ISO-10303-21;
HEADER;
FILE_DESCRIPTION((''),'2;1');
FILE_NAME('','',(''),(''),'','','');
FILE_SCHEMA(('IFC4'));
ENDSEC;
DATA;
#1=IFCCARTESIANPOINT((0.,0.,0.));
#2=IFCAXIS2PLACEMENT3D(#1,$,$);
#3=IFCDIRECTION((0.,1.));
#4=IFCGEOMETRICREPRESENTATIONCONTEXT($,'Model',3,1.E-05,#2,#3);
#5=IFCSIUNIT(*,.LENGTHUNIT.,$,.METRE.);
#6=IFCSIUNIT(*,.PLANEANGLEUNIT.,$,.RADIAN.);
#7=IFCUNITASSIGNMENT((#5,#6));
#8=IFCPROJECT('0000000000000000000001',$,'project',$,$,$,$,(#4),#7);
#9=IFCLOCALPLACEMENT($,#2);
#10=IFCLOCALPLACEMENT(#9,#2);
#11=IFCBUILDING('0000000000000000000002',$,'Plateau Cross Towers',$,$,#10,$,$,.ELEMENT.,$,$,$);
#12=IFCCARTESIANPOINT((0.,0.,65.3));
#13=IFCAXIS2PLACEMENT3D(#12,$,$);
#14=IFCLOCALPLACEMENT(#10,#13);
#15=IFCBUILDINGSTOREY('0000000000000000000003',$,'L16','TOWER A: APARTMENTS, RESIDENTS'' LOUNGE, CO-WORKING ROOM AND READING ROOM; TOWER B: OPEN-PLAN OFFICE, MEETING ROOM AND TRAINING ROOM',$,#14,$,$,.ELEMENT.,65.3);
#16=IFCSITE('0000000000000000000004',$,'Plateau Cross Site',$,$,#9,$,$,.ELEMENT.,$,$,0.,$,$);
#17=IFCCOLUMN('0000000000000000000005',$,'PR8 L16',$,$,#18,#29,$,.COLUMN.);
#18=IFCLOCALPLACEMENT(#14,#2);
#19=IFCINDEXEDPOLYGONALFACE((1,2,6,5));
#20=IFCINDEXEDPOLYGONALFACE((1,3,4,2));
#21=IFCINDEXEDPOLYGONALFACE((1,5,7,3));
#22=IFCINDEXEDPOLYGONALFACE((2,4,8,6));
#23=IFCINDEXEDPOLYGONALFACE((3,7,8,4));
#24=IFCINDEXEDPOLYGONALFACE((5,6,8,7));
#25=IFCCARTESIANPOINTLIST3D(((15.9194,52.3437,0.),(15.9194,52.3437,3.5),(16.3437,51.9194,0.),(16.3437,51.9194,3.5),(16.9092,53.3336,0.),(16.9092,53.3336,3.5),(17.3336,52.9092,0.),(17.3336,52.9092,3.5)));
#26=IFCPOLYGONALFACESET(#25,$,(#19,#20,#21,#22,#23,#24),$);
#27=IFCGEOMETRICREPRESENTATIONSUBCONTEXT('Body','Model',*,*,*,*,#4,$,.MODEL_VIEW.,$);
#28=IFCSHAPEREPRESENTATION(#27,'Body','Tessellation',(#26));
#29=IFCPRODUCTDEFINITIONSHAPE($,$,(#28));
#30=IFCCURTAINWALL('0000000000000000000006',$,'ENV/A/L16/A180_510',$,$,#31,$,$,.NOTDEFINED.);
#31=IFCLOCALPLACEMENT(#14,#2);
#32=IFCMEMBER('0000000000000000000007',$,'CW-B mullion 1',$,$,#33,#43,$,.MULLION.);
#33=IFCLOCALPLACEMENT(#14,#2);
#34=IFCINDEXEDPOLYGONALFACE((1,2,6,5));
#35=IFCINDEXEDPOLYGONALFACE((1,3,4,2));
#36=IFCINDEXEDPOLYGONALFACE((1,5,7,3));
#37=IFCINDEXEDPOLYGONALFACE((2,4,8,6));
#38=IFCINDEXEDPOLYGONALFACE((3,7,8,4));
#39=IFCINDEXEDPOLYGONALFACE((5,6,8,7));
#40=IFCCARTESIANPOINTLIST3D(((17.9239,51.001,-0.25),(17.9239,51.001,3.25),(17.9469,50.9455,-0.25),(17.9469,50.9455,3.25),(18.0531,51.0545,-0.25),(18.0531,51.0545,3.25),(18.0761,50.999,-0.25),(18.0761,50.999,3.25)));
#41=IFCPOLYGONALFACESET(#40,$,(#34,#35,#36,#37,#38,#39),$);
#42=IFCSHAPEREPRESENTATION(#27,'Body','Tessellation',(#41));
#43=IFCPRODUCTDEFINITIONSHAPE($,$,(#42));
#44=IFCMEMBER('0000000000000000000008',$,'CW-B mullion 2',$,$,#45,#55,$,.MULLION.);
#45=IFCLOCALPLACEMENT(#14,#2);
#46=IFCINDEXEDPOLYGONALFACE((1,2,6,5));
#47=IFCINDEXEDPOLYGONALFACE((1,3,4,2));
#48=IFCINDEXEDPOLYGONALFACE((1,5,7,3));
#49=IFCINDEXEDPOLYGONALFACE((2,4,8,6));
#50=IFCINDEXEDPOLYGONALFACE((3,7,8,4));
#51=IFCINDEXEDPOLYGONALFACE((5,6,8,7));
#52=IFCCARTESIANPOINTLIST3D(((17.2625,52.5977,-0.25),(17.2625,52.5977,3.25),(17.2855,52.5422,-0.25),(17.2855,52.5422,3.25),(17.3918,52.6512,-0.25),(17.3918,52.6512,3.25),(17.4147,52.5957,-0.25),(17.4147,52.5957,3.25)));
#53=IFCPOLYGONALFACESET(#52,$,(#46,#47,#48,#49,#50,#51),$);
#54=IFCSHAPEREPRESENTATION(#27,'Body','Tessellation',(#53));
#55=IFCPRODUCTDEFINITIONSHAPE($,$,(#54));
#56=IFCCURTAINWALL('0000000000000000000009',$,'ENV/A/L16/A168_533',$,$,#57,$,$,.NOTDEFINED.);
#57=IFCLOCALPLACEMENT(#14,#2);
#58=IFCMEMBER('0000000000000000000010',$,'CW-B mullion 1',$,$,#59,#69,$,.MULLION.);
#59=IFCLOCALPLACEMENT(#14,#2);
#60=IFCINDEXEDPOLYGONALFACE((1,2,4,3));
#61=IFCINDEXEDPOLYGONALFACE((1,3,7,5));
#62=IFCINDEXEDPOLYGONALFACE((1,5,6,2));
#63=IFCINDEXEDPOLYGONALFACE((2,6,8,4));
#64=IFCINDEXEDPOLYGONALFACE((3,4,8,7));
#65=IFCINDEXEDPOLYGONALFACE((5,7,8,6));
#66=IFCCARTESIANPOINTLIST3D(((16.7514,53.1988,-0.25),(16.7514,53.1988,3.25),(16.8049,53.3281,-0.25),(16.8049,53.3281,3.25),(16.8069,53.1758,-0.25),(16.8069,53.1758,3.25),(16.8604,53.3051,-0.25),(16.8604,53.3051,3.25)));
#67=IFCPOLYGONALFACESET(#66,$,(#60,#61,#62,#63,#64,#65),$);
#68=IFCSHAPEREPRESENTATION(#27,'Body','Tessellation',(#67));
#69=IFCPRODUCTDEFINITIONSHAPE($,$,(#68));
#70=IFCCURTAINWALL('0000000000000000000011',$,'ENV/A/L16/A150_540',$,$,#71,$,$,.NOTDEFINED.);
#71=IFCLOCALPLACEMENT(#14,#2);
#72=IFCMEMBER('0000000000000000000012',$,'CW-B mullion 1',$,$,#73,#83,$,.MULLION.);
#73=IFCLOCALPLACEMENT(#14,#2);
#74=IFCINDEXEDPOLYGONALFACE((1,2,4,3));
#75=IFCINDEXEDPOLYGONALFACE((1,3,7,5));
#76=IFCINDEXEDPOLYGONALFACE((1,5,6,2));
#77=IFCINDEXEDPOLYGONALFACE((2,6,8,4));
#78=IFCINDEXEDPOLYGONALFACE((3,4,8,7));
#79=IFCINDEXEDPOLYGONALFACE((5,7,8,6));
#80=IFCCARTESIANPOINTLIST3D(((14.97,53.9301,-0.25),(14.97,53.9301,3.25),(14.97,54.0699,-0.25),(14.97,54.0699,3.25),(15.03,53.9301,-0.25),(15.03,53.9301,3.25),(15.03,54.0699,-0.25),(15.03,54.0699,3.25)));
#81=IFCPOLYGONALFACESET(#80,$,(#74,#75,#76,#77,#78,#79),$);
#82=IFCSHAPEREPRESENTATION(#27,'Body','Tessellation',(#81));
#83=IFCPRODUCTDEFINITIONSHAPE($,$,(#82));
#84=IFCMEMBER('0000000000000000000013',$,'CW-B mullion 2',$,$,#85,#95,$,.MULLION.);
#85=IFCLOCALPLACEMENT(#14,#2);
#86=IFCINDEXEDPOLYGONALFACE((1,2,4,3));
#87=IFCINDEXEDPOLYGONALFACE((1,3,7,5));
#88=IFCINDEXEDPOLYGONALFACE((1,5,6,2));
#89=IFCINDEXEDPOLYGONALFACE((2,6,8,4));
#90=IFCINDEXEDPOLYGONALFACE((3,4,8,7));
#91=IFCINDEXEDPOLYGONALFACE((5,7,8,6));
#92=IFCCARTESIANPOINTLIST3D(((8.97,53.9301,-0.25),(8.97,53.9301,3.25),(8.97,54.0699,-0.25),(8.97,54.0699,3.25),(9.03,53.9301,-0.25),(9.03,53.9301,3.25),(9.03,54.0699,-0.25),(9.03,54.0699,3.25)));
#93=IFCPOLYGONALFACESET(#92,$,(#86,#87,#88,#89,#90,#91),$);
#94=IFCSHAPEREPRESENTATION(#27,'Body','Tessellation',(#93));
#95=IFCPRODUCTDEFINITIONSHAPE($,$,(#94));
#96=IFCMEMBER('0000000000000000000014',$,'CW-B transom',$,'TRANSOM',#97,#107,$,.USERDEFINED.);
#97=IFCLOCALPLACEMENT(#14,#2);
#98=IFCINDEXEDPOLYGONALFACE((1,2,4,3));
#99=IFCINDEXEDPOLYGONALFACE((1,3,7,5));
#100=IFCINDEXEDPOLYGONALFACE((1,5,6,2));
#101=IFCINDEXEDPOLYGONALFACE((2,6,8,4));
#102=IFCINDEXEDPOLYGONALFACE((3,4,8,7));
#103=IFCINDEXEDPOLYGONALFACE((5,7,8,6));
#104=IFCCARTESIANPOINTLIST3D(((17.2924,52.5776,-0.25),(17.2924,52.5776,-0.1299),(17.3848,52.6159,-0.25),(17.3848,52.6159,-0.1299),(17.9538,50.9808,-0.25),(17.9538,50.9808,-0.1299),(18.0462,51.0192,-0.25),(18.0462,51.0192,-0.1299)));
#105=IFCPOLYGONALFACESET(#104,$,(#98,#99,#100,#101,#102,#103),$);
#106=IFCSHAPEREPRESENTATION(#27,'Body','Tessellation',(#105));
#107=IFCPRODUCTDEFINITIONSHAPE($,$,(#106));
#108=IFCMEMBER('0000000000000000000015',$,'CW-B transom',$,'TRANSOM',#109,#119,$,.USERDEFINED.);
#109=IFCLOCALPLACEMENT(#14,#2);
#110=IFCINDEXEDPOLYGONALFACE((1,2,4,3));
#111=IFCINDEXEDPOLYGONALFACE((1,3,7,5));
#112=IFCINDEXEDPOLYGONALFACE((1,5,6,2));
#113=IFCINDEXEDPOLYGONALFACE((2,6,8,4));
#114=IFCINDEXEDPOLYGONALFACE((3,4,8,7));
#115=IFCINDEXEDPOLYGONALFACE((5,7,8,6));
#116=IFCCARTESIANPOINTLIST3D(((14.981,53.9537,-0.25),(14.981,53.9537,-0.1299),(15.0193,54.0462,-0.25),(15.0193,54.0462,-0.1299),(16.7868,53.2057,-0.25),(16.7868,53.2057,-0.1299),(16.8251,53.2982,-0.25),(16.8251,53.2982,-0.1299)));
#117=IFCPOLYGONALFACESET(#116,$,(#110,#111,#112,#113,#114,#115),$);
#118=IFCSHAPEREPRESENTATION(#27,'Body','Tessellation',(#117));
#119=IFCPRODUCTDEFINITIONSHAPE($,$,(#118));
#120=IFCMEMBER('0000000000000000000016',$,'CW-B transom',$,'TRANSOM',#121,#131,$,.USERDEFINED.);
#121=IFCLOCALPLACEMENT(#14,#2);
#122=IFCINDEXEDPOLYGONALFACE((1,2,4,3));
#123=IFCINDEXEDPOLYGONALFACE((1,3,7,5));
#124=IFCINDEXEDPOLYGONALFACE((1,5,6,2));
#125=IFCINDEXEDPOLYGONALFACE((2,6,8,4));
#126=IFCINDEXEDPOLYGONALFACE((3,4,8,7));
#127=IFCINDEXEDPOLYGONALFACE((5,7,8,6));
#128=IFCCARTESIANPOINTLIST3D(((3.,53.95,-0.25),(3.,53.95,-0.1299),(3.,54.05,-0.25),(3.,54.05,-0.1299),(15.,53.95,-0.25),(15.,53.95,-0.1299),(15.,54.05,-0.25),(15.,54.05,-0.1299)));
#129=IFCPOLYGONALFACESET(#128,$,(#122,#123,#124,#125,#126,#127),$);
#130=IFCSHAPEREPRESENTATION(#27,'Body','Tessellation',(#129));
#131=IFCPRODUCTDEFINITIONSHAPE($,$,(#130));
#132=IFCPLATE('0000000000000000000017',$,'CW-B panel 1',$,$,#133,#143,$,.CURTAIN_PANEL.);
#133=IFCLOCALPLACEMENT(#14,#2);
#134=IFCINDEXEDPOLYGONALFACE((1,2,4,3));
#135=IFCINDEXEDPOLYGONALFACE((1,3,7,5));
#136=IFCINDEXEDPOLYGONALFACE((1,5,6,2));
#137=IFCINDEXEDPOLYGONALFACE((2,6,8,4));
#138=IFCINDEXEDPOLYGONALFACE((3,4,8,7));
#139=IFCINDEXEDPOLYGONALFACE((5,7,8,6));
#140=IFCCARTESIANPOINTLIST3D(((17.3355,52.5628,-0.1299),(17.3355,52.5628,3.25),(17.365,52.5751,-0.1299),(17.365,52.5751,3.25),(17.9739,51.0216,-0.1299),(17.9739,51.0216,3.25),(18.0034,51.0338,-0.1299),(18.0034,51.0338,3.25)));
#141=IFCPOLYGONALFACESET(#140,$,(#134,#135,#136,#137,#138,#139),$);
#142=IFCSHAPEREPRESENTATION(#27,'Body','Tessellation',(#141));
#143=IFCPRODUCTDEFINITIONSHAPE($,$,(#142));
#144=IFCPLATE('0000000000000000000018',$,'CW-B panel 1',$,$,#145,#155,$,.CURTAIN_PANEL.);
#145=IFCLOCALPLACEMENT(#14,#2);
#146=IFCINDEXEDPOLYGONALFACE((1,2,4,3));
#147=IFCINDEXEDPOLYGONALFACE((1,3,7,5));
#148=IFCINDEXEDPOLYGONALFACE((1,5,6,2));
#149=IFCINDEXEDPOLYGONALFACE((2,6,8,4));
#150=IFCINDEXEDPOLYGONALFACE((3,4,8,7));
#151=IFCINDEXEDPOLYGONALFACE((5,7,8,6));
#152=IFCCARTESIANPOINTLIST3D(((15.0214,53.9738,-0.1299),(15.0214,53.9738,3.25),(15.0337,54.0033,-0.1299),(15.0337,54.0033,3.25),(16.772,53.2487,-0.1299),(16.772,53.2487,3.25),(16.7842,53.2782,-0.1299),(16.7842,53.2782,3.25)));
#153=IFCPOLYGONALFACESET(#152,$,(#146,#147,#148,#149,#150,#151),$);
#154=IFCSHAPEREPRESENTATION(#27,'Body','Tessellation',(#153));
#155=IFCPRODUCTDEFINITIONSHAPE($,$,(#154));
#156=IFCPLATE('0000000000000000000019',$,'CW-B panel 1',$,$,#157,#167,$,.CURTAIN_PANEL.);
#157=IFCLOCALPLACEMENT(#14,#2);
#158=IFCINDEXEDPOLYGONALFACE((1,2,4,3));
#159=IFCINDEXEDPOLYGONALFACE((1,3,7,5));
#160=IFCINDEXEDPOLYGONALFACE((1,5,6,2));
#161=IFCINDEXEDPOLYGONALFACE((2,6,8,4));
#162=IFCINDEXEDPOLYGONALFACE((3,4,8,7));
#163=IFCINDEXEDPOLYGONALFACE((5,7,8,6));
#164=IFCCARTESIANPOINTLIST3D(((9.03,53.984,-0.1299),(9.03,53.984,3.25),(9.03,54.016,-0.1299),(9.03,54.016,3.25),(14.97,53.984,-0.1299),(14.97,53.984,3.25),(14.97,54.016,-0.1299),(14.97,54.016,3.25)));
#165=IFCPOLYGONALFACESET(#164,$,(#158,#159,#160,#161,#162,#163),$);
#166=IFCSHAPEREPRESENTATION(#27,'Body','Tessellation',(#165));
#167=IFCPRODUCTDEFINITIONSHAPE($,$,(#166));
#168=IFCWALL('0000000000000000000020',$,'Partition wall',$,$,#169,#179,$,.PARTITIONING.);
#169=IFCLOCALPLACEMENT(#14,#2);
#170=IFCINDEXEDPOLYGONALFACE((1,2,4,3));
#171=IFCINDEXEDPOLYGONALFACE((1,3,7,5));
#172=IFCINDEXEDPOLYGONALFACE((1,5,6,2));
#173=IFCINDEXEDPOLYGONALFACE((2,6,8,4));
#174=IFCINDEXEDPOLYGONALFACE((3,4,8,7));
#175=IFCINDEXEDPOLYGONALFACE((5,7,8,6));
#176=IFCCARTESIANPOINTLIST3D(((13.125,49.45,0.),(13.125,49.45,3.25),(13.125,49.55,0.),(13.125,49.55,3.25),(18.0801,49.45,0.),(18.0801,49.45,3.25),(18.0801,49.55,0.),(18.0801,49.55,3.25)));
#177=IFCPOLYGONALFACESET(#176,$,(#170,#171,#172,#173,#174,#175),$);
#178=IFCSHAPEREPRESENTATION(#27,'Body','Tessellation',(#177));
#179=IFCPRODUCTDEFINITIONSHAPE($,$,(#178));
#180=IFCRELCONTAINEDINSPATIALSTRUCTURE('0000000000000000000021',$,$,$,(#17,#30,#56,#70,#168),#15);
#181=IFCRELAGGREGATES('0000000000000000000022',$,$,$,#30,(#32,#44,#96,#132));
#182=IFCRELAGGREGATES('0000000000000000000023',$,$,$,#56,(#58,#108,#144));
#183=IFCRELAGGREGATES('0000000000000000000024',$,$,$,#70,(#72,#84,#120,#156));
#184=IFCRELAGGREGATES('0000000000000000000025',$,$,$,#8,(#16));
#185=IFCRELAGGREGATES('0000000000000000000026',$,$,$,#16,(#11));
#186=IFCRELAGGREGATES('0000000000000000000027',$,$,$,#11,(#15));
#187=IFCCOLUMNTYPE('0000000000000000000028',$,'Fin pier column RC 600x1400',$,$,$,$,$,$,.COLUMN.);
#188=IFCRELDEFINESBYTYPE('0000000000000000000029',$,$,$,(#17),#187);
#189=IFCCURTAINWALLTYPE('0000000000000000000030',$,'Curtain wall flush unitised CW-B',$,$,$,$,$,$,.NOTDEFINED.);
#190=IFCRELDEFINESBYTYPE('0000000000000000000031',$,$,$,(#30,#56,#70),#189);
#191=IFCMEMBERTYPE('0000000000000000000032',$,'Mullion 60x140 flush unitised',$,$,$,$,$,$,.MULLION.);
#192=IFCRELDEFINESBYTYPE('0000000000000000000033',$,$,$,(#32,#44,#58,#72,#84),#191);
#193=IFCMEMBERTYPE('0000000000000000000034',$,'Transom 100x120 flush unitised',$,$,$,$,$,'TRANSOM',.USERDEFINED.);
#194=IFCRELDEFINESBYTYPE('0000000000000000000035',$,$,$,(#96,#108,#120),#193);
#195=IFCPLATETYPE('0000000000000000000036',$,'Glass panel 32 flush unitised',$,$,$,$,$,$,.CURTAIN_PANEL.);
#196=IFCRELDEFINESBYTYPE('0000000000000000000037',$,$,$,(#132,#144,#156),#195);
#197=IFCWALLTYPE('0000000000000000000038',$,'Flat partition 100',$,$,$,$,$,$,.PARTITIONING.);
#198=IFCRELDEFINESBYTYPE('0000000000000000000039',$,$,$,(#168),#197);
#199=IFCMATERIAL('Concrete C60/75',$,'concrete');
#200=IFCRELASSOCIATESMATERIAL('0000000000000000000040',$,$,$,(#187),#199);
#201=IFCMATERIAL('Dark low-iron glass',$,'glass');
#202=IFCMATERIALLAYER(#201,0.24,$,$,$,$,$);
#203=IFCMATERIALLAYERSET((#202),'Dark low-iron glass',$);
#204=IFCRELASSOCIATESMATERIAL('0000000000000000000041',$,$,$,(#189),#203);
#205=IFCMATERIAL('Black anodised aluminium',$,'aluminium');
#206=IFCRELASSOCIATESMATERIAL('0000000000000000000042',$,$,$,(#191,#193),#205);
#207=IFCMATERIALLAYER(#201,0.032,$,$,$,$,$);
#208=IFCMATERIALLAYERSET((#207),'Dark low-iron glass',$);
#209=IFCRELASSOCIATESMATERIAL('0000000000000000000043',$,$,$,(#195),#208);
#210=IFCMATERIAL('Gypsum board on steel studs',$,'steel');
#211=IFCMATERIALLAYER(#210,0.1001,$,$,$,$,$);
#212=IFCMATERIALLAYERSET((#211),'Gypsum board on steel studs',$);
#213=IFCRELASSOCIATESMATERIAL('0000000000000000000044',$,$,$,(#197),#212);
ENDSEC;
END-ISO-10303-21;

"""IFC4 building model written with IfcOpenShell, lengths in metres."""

from ifc_helpers import new_model, si_unit, direction, frame, frame_2d, origin, origin_2d, place, context, subcontext, project, spatial, rectangle, extrude, material, layer, layer_set, material_profile, profile_set, type_object, element, aggregate, save


model = new_model("IFC4")

# Units and contexts
model_context = context("Model", 3, precision=1e-05, world=origin(), true_north=direction((0.0, 1.0)))
body_context = subcontext(model_context, "Body", "Model", "MODEL_VIEW")
ifc_project = project(units=[si_unit("LENGTHUNIT", "METRE"), si_unit("PLANEANGLEUNIT", "RADIAN")], contexts=[model_context])

# Site, building, storey
site_placement = place(None, origin())
site = spatial("IfcSite", under=ifc_project, at=site_placement, Name="Plateau Cross Site", CompositionType="ELEMENT", RefElevation=0.0)
building_placement = place(site_placement, origin())
building = spatial("IfcBuilding", under=site, at=building_placement, Name="Plateau Cross Towers", CompositionType="ELEMENT")
storey_placement = place(building_placement, frame((0.0, 0.0, 65.3)))
storey = spatial("IfcBuildingStorey", under=building, at=storey_placement, Name="L16", Description="TOWER A: APARTMENTS, RESIDENTS' LOUNGE, CO-WORKING ROOM AND READING ROOM; TOWER B: OPEN-PLAN OFFICE, MEETING ROOM AND TRAINING ROOM", CompositionType="ELEMENT", Elevation=65.3)

# Column
ifc_material_1 = material(Name="Concrete C60/75", Category="concrete")
ifc_material_profile_1 = material_profile(ifc_material_1, rectangle(XDim=0.6001, YDim=1.3999, at=origin_2d()), Name="RC 600x1400")
ifc_profile_set_1 = profile_set([ifc_material_profile_1], Name="Concrete C60/75")
column_type = type_object("IfcColumnType", Name="Fin pier column RC 600x1400", PredefinedType="COLUMN", material=ifc_profile_set_1)
column_placement = place(storey_placement, frame((16.6265, 52.6265, 0.0), z_axis=(0.0, 0.0, 1.0), x_axis=(-0.707107, 0.707107, 0.0)))
element("IfcColumn", 1, at=column_placement, inside=storey, type_object=column_type, Name="PR8 L16", PredefinedType="COLUMN", context=body_context, shape_type="SweptSolid", body=[
    extrude(rectangle(XDim=0.6001, YDim=1.3999, at=origin_2d()), origin(), (0.0, 0.0, 1.0), 3.5),
])

# Curtain wall, members
ifc_material_2 = material(Name="Dark low-iron glass", Category="glass")
ifc_layer_1 = layer(ifc_material_2, 0.24)
ifc_layer_set_1 = layer_set([ifc_layer_1], Name="Dark low-iron glass")
curtain_wall_type = type_object("IfcCurtainWallType", Name="Curtain wall flush unitised CW-B", PredefinedType="NOTDEFINED", material=ifc_layer_set_1)
curtain_wall_1_placement = place(storey_placement, origin())
curtain_wall_1 = element("IfcCurtainWall", 2, at=curtain_wall_1_placement, inside=storey, type_object=curtain_wall_type, Name="ENV/A/L16/A180_510", PredefinedType="NOTDEFINED")
ifc_material_3 = material(Name="Black anodised aluminium", Category="aluminium")
ifc_material_profile_2 = material_profile(ifc_material_3, rectangle(XDim=0.0601, YDim=0.1399, at=origin_2d()), Name="MULLION 60x140")
ifc_profile_set_2 = profile_set([ifc_material_profile_2], Name="Black anodised aluminium")
member_type_1 = type_object("IfcMemberType", Name="Mullion 60x140 flush unitised", PredefinedType="MULLION", material=ifc_profile_set_2)
member_1_placement = place(storey_placement, frame((18.0, 51.0, -0.25), z_axis=(0.0, 0.0, 1.0), x_axis=(-0.382684, 0.923879, 0.0)))
member_1 = element("IfcMember", 3, at=member_1_placement, type_object=member_type_1, Name="CW-B mullion 1", PredefinedType="MULLION", context=body_context, shape_type="SweptSolid", body=[
    extrude(rectangle(XDim=0.0601, YDim=0.1399, at=origin_2d()), origin(), (0.0, 0.0, 1.0), 3.5),
])
member_2_placement = place(storey_placement, frame((17.3386, 52.5967, -0.25), z_axis=(0.0, 0.0, 1.0), x_axis=(-0.382684, 0.923879, 0.0)))
member_2 = element("IfcMember", 4, at=member_2_placement, type_object=member_type_1, Name="CW-B mullion 2", PredefinedType="MULLION", context=body_context, shape_type="SweptSolid", body=[
    extrude(rectangle(XDim=0.0601, YDim=0.1399, at=origin_2d()), origin(), (0.0, 0.0, 1.0), 3.5),
])

# Curtain wall, member
curtain_wall_2_placement = place(storey_placement, origin())
curtain_wall_2 = element("IfcCurtainWall", 5, at=curtain_wall_2_placement, inside=storey, type_object=curtain_wall_type, Name="ENV/A/L16/A168_533", PredefinedType="NOTDEFINED")
member_3_placement = place(storey_placement, frame((16.8059, 53.252, -0.25), z_axis=(0.0, 0.0, 1.0), x_axis=(-0.923879, 0.382684, 0.0)))
member_3 = element("IfcMember", 6, at=member_3_placement, type_object=member_type_1, Name="CW-B mullion 1", PredefinedType="MULLION", context=body_context, shape_type="SweptSolid", body=[
    extrude(rectangle(XDim=0.0601, YDim=0.1399, at=origin_2d()), origin(), (0.0, 0.0, 1.0), 3.5),
])

# Curtain wall, members
curtain_wall_3_placement = place(storey_placement, origin())
curtain_wall_3 = element("IfcCurtainWall", 7, at=curtain_wall_3_placement, inside=storey, type_object=curtain_wall_type, Name="ENV/A/L16/A150_540", PredefinedType="NOTDEFINED")
member_4_placement = place(storey_placement, frame((15.0, 54.0, -0.25), z_axis=(0.0, 0.0, 1.0), x_axis=(-1.0, 0.0, 0.0)))
member_4 = element("IfcMember", 8, at=member_4_placement, type_object=member_type_1, Name="CW-B mullion 1", PredefinedType="MULLION", context=body_context, shape_type="SweptSolid", body=[
    extrude(rectangle(XDim=0.0601, YDim=0.1399, at=origin_2d()), origin(), (0.0, 0.0, 1.0), 3.5),
])
member_5_placement = place(storey_placement, frame((9.0, 54.0, -0.25), z_axis=(0.0, 0.0, 1.0), x_axis=(-1.0, 0.0, 0.0)))
member_5 = element("IfcMember", 9, at=member_5_placement, type_object=member_type_1, Name="CW-B mullion 2", PredefinedType="MULLION", context=body_context, shape_type="SweptSolid", body=[
    extrude(rectangle(XDim=0.0601, YDim=0.1399, at=origin_2d()), origin(), (0.0, 0.0, 1.0), 3.5),
])

# Members
ifc_material_profile_3 = material_profile(ifc_material_3, rectangle(XDim=0.1001, YDim=0.1201, at=origin_2d()), Name="TRANSOM 100x120")
ifc_profile_set_3 = profile_set([ifc_material_profile_3], Name="Black anodised aluminium")
member_type_2 = type_object("IfcMemberType", Name="Transom 100x120 flush unitised", ElementType="TRANSOM", PredefinedType="USERDEFINED", material=ifc_profile_set_3)
member_6_placement = place(storey_placement, frame((18.0, 51.0, -0.1899), z_axis=(-0.382689, 0.923877, 0.0), x_axis=(-0.923877, -0.382689, 0.0)))
member_6 = element("IfcMember", 10, at=member_6_placement, type_object=member_type_2, Name="CW-B transom", ObjectType="TRANSOM", PredefinedType="USERDEFINED", context=body_context, shape_type="SweptSolid", body=[
    extrude(rectangle(XDim=0.1001, YDim=0.1201, at=origin_2d()), origin(), (0.0, 0.0, 1.0), 1.7283),
])
member_7_placement = place(storey_placement, frame((16.8059, 53.252, -0.1899), z_axis=(-0.923877, 0.38269, 0.0), x_axis=(-0.38269, -0.923877, 0.0)))
member_7 = element("IfcMember", 11, at=member_7_placement, type_object=member_type_2, Name="CW-B transom", ObjectType="TRANSOM", PredefinedType="USERDEFINED", context=body_context, shape_type="SweptSolid", body=[
    extrude(rectangle(XDim=0.1001, YDim=0.1201, at=origin_2d()), origin(), (0.0, 0.0, 1.0), 1.9546),
])
member_8_placement = place(storey_placement, frame((15.0, 54.0, -0.1899), z_axis=(-1.0, 0.0, 0.0), x_axis=(0.0, -1.0, 0.0)))
member_8 = element("IfcMember", 12, at=member_8_placement, type_object=member_type_2, Name="CW-B transom", ObjectType="TRANSOM", PredefinedType="USERDEFINED", context=body_context, shape_type="SweptSolid", body=[
    extrude(rectangle(XDim=0.1001, YDim=0.1201, at=origin_2d()), origin(), (0.0, 0.0, 1.0), 12.0),
])

# Plates
ifc_layer_2 = layer(ifc_material_2, 0.032)
ifc_layer_set_2 = layer_set([ifc_layer_2], Name="Dark low-iron glass")
plate_type = type_object("IfcPlateType", Name="Glass panel 32 flush unitised", PredefinedType="CURTAIN_PANEL", material=ifc_layer_set_2)
plate_1_placement = place(storey_placement, frame((17.6694, 51.7983, -0.1299), z_axis=(0.0, 0.0, 1.0), x_axis=(-0.382684, 0.923879, 0.0)))
plate_1 = element("IfcPlate", 13, at=plate_1_placement, type_object=plate_type, Name="CW-B panel 1", PredefinedType="CURTAIN_PANEL", context=body_context, shape_type="SweptSolid", body=[
    extrude(rectangle(XDim=1.6682, YDim=0.032, at=origin_2d()), origin(), (0.0, 0.0, 1.0), 3.3799),
])
aggregate(curtain_wall_1, [member_1, member_2, member_6, plate_1])
plate_2_placement = place(storey_placement, frame((15.9028, 53.626, -0.1299), z_axis=(0.0, 0.0, 1.0), x_axis=(-0.923879, 0.382684, 0.0)))
plate_2 = element("IfcPlate", 14, at=plate_2_placement, type_object=plate_type, Name="CW-B panel 1", PredefinedType="CURTAIN_PANEL", context=body_context, shape_type="SweptSolid", body=[
    extrude(rectangle(XDim=1.8948, YDim=0.032, at=origin_2d()), origin(), (0.0, 0.0, 1.0), 3.3799),
])
aggregate(curtain_wall_2, [member_3, member_7, plate_2])
plate_3_placement = place(storey_placement, frame((12.0, 54.0, -0.1299), z_axis=(0.0, 0.0, 1.0), x_axis=(-1.0, 0.0, 0.0)))
plate_3 = element("IfcPlate", 15, at=plate_3_placement, type_object=plate_type, Name="CW-B panel 1", PredefinedType="CURTAIN_PANEL", context=body_context, shape_type="SweptSolid", body=[
    extrude(rectangle(XDim=5.9399, YDim=0.032, at=origin_2d()), origin(), (0.0, 0.0, 1.0), 3.3799),
])
aggregate(curtain_wall_3, [member_4, member_5, member_8, plate_3])

# Wall
ifc_material_4 = material(Name="Gypsum board on steel studs", Category="steel")
ifc_layer_3 = layer(ifc_material_4, 0.1001)
ifc_layer_set_3 = layer_set([ifc_layer_3], Name="Gypsum board on steel studs")
wall_type = type_object("IfcWallType", Name="Flat partition 100", PredefinedType="PARTITIONING", material=ifc_layer_set_3)
wall_1_placement = place(storey_placement, frame((18.0801, 49.5, 0.0), z_axis=(0.0, 0.0, 1.0), x_axis=(-1.0, 0.0, 0.0)))
element("IfcWall", 16, at=wall_1_placement, inside=storey, type_object=wall_type, Name="Partition wall", PredefinedType="PARTITIONING", context=body_context, shape_type="SweptSolid", body=[
    extrude(rectangle(XDim=4.9551, YDim=0.1001, at=frame_2d((2.4775, 0.0))), origin(), (0.0, 0.0, 1.0), 3.25),
])

save(model, "model.ifc")
